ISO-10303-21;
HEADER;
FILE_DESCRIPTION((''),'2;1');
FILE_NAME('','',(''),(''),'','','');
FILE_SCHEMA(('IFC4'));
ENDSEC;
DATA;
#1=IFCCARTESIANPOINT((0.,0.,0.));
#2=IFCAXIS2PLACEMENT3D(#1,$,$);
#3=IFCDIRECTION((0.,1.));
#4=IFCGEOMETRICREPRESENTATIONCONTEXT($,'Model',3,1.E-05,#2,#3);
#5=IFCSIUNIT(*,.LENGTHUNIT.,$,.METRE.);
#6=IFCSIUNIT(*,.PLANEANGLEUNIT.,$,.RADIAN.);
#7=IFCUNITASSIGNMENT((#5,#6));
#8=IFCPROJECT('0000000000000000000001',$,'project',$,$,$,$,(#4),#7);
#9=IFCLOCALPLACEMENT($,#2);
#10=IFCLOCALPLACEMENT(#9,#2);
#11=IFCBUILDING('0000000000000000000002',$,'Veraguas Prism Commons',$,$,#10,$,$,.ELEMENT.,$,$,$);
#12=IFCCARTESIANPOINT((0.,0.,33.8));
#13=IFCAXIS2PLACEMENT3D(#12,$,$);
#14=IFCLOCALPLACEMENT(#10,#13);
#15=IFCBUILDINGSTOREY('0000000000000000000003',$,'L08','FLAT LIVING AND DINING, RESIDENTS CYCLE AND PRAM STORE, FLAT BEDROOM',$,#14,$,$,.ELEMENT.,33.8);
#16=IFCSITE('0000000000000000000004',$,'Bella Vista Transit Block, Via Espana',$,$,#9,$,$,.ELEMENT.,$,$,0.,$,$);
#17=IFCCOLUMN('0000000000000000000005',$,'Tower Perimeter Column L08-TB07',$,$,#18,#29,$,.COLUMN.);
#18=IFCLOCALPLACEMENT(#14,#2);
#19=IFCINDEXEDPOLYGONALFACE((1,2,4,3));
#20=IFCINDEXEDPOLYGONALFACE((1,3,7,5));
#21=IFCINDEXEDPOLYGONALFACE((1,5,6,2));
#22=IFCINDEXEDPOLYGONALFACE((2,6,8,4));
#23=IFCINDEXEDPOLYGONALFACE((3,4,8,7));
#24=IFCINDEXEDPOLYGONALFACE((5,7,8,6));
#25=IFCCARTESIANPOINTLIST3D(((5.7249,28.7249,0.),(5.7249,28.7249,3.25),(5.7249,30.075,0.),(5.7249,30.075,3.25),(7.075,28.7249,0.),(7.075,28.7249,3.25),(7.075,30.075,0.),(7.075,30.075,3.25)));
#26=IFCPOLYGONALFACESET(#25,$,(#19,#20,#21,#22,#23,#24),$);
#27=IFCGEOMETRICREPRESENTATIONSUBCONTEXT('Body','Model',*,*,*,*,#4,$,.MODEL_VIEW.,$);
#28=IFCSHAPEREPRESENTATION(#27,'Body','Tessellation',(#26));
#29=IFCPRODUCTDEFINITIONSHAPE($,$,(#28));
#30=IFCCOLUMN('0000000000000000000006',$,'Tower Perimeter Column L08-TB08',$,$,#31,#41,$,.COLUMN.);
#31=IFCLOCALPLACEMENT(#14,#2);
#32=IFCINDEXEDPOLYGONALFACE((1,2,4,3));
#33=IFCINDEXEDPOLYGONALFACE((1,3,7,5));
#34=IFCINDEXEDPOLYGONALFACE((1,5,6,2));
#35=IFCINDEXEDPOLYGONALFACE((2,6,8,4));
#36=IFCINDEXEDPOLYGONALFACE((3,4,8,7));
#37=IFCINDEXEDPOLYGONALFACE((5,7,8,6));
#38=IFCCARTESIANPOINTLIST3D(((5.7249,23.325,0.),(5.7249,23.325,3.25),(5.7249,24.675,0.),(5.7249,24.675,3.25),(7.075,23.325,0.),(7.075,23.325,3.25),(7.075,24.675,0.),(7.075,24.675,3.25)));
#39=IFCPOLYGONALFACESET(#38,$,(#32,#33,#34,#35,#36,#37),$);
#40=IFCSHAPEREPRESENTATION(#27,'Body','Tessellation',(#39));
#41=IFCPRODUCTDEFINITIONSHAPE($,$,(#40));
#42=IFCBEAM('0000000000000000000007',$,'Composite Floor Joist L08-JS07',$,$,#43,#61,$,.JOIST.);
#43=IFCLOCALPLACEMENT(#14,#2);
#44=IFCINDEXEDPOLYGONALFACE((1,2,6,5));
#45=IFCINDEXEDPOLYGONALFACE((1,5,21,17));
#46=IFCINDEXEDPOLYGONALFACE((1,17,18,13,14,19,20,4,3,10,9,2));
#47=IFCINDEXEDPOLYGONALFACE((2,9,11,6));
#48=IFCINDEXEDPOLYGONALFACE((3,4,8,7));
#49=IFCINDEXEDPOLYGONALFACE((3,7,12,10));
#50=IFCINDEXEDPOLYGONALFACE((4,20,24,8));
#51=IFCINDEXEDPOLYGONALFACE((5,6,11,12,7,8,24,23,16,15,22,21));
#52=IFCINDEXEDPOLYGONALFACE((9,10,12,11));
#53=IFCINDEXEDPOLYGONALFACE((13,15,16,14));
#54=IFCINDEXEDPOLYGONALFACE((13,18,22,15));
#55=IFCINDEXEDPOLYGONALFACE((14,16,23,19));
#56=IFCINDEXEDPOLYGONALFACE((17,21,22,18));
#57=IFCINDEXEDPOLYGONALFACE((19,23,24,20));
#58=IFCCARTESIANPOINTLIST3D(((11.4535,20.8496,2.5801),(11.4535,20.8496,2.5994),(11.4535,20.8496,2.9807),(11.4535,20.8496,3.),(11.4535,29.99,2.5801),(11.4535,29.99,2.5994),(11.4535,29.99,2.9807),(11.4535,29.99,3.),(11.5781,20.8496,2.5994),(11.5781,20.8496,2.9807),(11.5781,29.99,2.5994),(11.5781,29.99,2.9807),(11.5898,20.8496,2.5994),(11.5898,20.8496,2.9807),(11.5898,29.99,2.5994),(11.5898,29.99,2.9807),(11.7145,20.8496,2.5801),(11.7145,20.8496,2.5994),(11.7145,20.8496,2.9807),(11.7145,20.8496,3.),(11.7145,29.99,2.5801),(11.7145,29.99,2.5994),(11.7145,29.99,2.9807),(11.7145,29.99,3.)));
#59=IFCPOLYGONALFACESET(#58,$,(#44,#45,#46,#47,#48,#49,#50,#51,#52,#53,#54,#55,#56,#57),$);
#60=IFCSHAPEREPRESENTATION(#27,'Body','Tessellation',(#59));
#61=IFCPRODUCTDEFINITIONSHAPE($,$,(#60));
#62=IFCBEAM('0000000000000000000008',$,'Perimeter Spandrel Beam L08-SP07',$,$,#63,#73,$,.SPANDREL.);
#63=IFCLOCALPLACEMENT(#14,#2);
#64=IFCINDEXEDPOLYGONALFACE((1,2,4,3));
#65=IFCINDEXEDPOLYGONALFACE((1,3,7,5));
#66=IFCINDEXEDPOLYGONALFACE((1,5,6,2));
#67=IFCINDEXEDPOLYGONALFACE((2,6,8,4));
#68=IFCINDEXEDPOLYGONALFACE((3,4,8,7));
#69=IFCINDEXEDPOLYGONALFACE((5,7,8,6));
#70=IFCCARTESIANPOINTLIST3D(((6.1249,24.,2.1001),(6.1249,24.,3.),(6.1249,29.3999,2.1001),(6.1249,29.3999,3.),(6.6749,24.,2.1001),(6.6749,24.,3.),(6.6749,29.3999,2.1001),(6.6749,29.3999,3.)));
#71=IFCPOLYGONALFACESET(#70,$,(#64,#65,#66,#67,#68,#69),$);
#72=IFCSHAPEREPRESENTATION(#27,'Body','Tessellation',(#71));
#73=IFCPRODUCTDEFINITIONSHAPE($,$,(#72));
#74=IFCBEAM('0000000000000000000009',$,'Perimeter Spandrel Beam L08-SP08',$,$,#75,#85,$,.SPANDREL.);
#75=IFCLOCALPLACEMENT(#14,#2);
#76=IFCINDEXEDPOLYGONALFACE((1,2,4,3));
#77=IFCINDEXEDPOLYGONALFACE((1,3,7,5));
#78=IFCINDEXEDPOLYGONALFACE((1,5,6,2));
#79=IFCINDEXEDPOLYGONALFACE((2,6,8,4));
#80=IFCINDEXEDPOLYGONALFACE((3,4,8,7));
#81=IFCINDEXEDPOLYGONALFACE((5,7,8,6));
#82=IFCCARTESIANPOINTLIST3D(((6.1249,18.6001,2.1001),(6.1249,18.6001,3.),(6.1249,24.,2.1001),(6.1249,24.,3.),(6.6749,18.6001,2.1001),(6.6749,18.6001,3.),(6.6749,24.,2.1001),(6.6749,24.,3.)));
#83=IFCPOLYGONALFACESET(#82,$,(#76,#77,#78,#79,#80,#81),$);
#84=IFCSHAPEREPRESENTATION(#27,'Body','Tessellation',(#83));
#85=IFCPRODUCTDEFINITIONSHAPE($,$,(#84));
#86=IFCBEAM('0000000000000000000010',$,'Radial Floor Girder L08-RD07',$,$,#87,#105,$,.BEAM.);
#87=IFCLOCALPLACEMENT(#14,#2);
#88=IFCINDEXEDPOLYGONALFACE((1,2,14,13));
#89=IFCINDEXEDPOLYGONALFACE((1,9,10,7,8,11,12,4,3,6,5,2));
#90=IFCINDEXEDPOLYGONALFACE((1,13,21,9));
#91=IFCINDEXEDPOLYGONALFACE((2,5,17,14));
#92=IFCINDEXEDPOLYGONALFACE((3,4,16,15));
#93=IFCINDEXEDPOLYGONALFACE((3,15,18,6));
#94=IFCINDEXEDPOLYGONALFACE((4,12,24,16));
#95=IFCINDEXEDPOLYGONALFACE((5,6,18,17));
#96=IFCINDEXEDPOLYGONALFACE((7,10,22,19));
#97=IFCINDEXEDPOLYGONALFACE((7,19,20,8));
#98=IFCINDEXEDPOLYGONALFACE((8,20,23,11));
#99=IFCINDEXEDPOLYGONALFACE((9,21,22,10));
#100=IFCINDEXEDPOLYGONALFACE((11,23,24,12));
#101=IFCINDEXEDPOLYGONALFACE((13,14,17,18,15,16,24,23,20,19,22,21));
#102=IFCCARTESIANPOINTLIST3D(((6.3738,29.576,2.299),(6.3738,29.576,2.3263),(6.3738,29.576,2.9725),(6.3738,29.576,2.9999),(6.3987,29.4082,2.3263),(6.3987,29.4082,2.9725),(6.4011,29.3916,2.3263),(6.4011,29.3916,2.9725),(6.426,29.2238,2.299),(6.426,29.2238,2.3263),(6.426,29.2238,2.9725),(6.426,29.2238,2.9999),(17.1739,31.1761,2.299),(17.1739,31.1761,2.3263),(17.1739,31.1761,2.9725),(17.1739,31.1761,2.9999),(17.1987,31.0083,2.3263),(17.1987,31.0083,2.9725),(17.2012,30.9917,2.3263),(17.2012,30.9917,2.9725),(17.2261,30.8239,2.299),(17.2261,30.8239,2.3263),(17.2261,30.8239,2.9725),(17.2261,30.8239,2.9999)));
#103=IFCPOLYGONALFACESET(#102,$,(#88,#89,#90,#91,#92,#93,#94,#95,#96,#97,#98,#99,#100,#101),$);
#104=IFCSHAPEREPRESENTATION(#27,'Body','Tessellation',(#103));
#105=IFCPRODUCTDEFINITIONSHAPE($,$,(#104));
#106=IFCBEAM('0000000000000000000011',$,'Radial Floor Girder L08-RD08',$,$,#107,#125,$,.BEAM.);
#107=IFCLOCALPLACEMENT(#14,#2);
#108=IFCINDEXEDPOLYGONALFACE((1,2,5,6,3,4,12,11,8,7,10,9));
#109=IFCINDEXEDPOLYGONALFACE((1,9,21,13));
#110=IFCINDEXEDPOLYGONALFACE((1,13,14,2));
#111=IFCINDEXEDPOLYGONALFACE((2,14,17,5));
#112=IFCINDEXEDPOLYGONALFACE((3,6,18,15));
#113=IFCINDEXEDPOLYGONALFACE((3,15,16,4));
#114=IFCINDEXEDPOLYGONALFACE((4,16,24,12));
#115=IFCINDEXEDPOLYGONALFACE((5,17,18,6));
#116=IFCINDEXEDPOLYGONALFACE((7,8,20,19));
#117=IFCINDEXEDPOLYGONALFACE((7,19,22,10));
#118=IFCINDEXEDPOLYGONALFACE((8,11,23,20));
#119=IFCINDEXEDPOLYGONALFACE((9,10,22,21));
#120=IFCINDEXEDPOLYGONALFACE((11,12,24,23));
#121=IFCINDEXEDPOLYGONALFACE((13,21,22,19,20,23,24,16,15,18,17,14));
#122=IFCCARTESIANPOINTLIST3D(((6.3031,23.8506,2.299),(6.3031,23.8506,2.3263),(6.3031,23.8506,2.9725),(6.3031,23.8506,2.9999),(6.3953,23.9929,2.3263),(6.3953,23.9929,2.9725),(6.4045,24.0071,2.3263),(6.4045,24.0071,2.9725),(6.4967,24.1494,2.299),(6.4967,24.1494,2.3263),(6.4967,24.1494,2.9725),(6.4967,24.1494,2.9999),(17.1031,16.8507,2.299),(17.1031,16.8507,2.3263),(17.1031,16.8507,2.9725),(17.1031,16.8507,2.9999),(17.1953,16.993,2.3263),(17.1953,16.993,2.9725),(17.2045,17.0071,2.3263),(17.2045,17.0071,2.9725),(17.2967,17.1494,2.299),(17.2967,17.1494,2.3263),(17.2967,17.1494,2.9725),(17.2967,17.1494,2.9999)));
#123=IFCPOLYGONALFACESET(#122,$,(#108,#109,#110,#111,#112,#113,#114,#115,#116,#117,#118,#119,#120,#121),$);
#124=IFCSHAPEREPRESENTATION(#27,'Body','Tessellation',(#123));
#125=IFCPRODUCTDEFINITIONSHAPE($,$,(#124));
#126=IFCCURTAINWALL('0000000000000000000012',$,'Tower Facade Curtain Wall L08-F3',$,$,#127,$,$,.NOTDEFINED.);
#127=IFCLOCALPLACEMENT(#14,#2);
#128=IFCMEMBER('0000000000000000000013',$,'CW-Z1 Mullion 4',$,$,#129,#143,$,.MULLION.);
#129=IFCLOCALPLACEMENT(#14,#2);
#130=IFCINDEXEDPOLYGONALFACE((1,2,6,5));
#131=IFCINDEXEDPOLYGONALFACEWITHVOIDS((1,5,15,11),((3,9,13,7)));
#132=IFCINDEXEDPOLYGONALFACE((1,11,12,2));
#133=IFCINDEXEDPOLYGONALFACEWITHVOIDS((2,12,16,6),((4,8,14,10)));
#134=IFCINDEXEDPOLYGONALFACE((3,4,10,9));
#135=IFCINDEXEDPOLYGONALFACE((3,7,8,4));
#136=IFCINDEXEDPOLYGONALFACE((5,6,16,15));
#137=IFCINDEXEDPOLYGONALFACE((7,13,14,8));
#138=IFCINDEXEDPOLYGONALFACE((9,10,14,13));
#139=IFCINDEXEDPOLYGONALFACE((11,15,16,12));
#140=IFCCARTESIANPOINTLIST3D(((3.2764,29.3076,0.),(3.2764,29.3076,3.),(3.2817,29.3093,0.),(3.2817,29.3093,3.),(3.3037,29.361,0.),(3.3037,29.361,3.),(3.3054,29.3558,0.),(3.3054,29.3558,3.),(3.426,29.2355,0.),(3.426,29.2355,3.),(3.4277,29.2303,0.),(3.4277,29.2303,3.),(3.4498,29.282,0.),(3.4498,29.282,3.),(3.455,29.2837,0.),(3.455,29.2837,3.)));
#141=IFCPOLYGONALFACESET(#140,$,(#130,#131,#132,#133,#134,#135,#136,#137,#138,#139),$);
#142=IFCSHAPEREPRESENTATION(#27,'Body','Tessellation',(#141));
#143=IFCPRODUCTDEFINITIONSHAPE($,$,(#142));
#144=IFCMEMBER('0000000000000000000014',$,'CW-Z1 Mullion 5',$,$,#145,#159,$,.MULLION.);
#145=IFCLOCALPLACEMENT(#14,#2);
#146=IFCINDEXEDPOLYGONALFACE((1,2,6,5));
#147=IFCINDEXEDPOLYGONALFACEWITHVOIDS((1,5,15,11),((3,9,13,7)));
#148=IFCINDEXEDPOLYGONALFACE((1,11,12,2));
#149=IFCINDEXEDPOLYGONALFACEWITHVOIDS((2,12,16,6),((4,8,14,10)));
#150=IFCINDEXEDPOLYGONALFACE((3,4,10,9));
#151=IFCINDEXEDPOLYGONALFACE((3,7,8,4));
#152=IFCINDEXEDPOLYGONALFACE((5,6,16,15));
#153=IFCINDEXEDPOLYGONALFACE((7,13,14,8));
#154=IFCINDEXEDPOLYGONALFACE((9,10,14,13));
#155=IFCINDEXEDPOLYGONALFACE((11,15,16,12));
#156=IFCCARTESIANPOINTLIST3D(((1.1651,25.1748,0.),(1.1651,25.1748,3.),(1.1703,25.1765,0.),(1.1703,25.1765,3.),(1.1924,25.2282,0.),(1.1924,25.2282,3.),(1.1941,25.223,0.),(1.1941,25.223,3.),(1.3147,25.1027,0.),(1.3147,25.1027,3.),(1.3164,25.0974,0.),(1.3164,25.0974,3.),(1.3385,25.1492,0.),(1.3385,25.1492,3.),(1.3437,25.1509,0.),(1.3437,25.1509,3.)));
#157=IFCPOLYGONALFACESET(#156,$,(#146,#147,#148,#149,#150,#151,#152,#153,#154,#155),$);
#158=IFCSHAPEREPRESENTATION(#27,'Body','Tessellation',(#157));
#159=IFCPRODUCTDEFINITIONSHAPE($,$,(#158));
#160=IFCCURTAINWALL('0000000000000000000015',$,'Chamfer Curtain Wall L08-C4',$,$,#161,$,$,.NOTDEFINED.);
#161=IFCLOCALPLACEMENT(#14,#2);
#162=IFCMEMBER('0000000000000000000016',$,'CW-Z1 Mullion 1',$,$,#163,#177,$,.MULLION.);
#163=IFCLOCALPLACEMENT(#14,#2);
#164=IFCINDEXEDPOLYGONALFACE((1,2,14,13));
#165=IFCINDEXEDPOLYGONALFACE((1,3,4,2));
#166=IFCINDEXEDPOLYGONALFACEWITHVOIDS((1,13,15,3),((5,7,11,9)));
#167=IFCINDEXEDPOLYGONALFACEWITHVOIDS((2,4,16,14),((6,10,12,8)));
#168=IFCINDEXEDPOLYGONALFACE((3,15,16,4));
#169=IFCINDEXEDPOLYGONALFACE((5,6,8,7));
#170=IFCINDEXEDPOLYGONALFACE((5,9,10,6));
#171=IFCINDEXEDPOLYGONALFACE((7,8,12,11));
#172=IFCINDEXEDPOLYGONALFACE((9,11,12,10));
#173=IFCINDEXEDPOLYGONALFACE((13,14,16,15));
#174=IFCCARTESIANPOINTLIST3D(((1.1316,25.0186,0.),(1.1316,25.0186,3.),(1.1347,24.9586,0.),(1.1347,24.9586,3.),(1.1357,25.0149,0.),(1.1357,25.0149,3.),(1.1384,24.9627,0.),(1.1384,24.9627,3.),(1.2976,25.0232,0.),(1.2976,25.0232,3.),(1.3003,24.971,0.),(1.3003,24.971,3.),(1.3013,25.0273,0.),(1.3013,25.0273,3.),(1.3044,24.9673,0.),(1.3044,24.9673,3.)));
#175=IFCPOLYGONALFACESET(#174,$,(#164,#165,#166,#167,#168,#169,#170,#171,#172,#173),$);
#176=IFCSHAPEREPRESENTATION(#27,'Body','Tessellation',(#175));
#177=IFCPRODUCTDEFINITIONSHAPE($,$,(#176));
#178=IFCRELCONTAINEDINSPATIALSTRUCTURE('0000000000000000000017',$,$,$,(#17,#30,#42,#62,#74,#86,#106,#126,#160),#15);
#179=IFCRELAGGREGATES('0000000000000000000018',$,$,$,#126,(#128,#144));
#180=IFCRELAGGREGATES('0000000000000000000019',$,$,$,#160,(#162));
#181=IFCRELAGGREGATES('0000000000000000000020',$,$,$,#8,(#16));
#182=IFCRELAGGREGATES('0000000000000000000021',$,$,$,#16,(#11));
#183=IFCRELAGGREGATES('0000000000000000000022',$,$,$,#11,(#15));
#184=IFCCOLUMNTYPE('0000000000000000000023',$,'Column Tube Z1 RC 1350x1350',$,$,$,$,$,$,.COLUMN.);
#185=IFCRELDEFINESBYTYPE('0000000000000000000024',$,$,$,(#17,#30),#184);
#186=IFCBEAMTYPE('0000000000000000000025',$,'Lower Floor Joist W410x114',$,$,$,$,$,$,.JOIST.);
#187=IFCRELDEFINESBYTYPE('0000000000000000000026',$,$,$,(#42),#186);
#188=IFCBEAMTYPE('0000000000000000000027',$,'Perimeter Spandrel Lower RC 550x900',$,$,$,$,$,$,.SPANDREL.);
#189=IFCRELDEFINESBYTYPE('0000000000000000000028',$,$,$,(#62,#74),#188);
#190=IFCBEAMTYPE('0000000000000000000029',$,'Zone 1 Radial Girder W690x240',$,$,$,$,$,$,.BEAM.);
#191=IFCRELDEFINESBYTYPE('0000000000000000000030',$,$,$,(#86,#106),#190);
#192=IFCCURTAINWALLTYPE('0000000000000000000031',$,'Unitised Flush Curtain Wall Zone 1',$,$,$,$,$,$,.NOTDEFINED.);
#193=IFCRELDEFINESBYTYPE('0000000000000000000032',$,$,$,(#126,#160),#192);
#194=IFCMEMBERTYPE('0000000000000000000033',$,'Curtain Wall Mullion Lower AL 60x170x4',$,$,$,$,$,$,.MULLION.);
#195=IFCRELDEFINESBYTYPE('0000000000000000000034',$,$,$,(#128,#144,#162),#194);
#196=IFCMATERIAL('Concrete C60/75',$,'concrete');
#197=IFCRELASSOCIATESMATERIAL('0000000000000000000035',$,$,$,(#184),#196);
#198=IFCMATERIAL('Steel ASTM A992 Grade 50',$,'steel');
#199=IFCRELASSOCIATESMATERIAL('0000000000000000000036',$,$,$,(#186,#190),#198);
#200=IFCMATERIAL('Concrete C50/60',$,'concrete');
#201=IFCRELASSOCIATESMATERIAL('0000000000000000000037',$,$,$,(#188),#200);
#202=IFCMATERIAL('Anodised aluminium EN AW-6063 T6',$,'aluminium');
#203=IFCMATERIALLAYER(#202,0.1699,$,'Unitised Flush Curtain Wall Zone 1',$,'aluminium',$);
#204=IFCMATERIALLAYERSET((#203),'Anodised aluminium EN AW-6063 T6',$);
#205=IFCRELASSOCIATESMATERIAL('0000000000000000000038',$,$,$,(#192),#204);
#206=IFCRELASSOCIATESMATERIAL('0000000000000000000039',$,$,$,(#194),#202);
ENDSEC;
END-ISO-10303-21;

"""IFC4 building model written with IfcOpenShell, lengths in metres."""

from ifc_helpers import new_model, si_unit, direction, frame, origin, origin_2d, place, context, subcontext, project, spatial, rectangle, hollow_rectangle, i_section, extrude, source, transform, mapped, material, layer, layer_set, material_profile, profile_set, type_object, element, aggregate, save


model = new_model("IFC4")

# Units and contexts
model_context = context("Model", 3, precision=1e-05, world=origin(), true_north=direction((0.0, 1.0)))
body_context = subcontext(model_context, "Body", "Model", "MODEL_VIEW")
ifc_project = project(units=[si_unit("LENGTHUNIT", "METRE"), si_unit("PLANEANGLEUNIT", "RADIAN")], contexts=[model_context])

# Site, building, storey
site_placement = place(None, origin())
site = spatial("IfcSite", under=ifc_project, at=site_placement, Name="Bella Vista Transit Block, Via Espana", CompositionType="ELEMENT", RefElevation=0.0)
building_placement = place(site_placement, origin())
building = spatial("IfcBuilding", under=site, at=building_placement, Name="Veraguas Prism Commons", CompositionType="ELEMENT")
storey_placement = place(building_placement, frame((0.0, 0.0, 33.8)))
storey = spatial("IfcBuildingStorey", under=building, at=storey_placement, Name="L08", Description="FLAT LIVING AND DINING, RESIDENTS CYCLE AND PRAM STORE, FLAT BEDROOM", CompositionType="ELEMENT", Elevation=33.8)

# Columns
ifc_material_1 = material(Name="Concrete C60/75", Category="concrete")
ifc_material_profile_1 = material_profile(ifc_material_1, rectangle(XDim=1.3501, YDim=1.3501, at=origin_2d()), Name="RC1350X1350")
ifc_profile_set_1 = profile_set([ifc_material_profile_1], Name="Concrete C60/75")
column_type = type_object("IfcColumnType", Name="Column Tube Z1 RC 1350x1350", PredefinedType="COLUMN", material=ifc_profile_set_1)
for number, where, z_axis, x_axis, name in (
    (1, (6.3999, 29.3999, 0.0), (0.0, 0.0, 1.0), (1.0, 0.0, 0.0), "Tower Perimeter Column L08-TB07"),
    (2, (6.3999, 24.0, 0.0), (0.0, 0.0, 1.0), (1.0, 0.0, 0.0), "Tower Perimeter Column L08-TB08"),
):
    element("IfcColumn", number, at=place(storey_placement, frame(where, z_axis=z_axis, x_axis=x_axis)), inside=storey, type_object=column_type, Name=name, PredefinedType="COLUMN", context=body_context, shape_type="SweptSolid", body=[
        extrude(rectangle(XDim=1.3501, YDim=1.3501, at=origin_2d()), origin(), (0.0, 0.0, 1.0), 3.25),
    ])

# Beams
ifc_material_2 = material(Name="Steel ASTM A992 Grade 50", Category="steel")
ifc_material_profile_2 = material_profile(ifc_material_2, i_section(OverallWidth=0.261, OverallDepth=0.4199, WebThickness=0.0117, FlangeThickness=0.0193, at=origin_2d()), Name="W410X114")
ifc_profile_set_2 = profile_set([ifc_material_profile_2], Name="Steel ASTM A992 Grade 50")
beam_type_1 = type_object("IfcBeamType", Name="Lower Floor Joist W410x114", PredefinedType="JOIST", material=ifc_profile_set_2)
beam_1_placement = place(storey_placement, frame((11.584, 29.99, 2.79), z_axis=(0.0, -1.0, 0.0), x_axis=(1.0, 0.0, 0.0)))
element("IfcBeam", 3, at=beam_1_placement, inside=storey, type_object=beam_type_1, Name="Composite Floor Joist L08-JS07", PredefinedType="JOIST", context=body_context, shape_type="SweptSolid", body=[
    extrude(i_section(OverallWidth=0.261, OverallDepth=0.4199, WebThickness=0.0117, FlangeThickness=0.0193, at=origin_2d()), origin(), (0.0, 0.0, 1.0), 9.1404),
])
ifc_material_3 = material(Name="Concrete C50/60", Category="concrete")
ifc_material_profile_3 = material_profile(ifc_material_3, rectangle(XDim=0.55, YDim=0.8999, at=origin_2d()), Name="RC550X900")
ifc_profile_set_3 = profile_set([ifc_material_profile_3], Name="Concrete C50/60")
beam_type_2 = type_object("IfcBeamType", Name="Perimeter Spandrel Lower RC 550x900", PredefinedType="SPANDREL", material=ifc_profile_set_3)
for number, where, z_axis, x_axis, name in (
    (4, (6.3999, 29.3999, 2.55), (0.0, -1.0, 0.0), (1.0, 0.0, 0.0), "Perimeter Spandrel Beam L08-SP07"),
    (5, (6.3999, 24.0, 2.55), (0.0, -1.0, 0.0), (1.0, 0.0, 0.0), "Perimeter Spandrel Beam L08-SP08"),
):
    element("IfcBeam", number, at=place(storey_placement, frame(where, z_axis=z_axis, x_axis=x_axis)), inside=storey, type_object=beam_type_2, Name=name, PredefinedType="SPANDREL", context=body_context, shape_type="SweptSolid", body=[
        extrude(rectangle(XDim=0.55, YDim=0.8999, at=origin_2d()), origin(), (0.0, 0.0, 1.0), 5.3999),
    ])
ifc_material_profile_4 = material_profile(ifc_material_2, i_section(OverallWidth=0.356, OverallDepth=0.7009, WebThickness=0.0168, FlangeThickness=0.0273, at=origin_2d()), Name="W690X240")
ifc_profile_set_4 = profile_set([ifc_material_profile_4], Name="Steel ASTM A992 Grade 50")
beam_type_3 = type_object("IfcBeamType", Name="Zone 1 Radial Girder W690x240", PredefinedType="BEAM", material=ifc_profile_set_4)
beam_2_placement = place(storey_placement, frame((6.3999, 29.3999, 2.6494), z_axis=(0.989202, 0.146557, 0.0), x_axis=(-0.146557, 0.989202, 0.0)))
element("IfcBeam", 6, at=beam_2_placement, inside=storey, type_object=beam_type_3, Name="Radial Floor Girder L08-RD07", PredefinedType="BEAM", context=body_context, shape_type="SweptSolid", body=[
    extrude(i_section(OverallWidth=0.356, OverallDepth=0.7009, WebThickness=0.0168, FlangeThickness=0.0273, at=origin_2d()), origin(), (0.0, 0.0, 1.0), 10.918),
])
beam_3_placement = place(storey_placement, frame((6.3999, 24.0, 2.6494), z_axis=(0.839154, -0.543894, 0.0), x_axis=(0.543894, 0.839154, 0.0)))
element("IfcBeam", 7, at=beam_3_placement, inside=storey, type_object=beam_type_3, Name="Radial Floor Girder L08-RD08", PredefinedType="BEAM", context=body_context, shape_type="SweptSolid", body=[
    extrude(i_section(OverallWidth=0.356, OverallDepth=0.7009, WebThickness=0.0168, FlangeThickness=0.0273, at=origin_2d()), origin(), (0.0, 0.0, 1.0), 12.8701),
])

# Curtain walls, members
ifc_material_4 = material(Name="Anodised aluminium EN AW-6063 T6", Category="aluminium")
ifc_layer_1 = layer(ifc_material_4, 0.1699, Name="Unitised Flush Curtain Wall Zone 1", Category="aluminium")
ifc_layer_set_1 = layer_set([ifc_layer_1], Name="Anodised aluminium EN AW-6063 T6")
curtain_wall_type = type_object("IfcCurtainWallType", Name="Unitised Flush Curtain Wall Zone 1", PredefinedType="NOTDEFINED", material=ifc_layer_set_1)
curtain_wall_1_placement = place(storey_placement, origin())
curtain_wall_1 = element("IfcCurtainWall", 8, at=curtain_wall_1_placement, inside=storey, type_object=curtain_wall_type, Name="Tower Facade Curtain Wall L08-F3", PredefinedType="NOTDEFINED")
ifc_material_profile_5 = material_profile(ifc_material_4, hollow_rectangle(XDim=0.0601, YDim=0.1699, WallThickness=0.0039, at=origin_2d()), Name="AL60X170X4")
ifc_profile_set_5 = profile_set([ifc_material_profile_5], Name="Anodised aluminium EN AW-6063 T6")
member_type_1 = type_object("IfcMemberType", Name="Curtain Wall Mullion Lower AL 60x170x4", PredefinedType="MULLION", material=ifc_profile_set_5)
shared_shape_1 = source(origin(), body_context, "Body", "SweptSolid", [
    extrude(hollow_rectangle(XDim=0.0601, YDim=0.1699, WallThickness=0.0039, at=origin_2d()), origin(), (0.0, 0.0, 1.0), 3.0),
])
member_1_placement = place(storey_placement, frame((3.3657, 29.2957, 0.0), z_axis=(0.0, 0.0, 1.0), x_axis=(-0.454922, -0.890531, 0.0)))
member_1 = element("IfcMember", 9, at=member_1_placement, type_object=member_type_1, Name="CW-Z1 Mullion 4", PredefinedType="MULLION", context=body_context, shape_type="MappedRepresentation", body=[
    mapped(shared_shape_1, transform((0.0, 0.0, 0.0), scale=1.0)),
])
member_2_placement = place(storey_placement, frame((1.2544, 25.1628, 0.0), z_axis=(0.0, 0.0, 1.0), x_axis=(-0.454922, -0.890531, 0.0)))
member_2 = element("IfcMember", 10, at=member_2_placement, type_object=member_type_1, Name="CW-Z1 Mullion 5", PredefinedType="MULLION", context=body_context, shape_type="MappedRepresentation", body=[
    mapped(shared_shape_1, transform((0.0, 0.0, 0.0), scale=1.0)),
])
curtain_wall_2_placement = place(storey_placement, origin())
curtain_wall_2 = element("IfcCurtainWall", 11, at=curtain_wall_2_placement, inside=storey, type_object=curtain_wall_type, Name="Chamfer Curtain Wall L08-C4", PredefinedType="NOTDEFINED")
member_3_placement = place(storey_placement, frame((1.218, 24.9929, 0.0), z_axis=(0.0, 0.0, 1.0), x_axis=(0.051278, -0.998684, 0.0)))
member_3 = element("IfcMember", 12, at=member_3_placement, type_object=member_type_1, Name="CW-Z1 Mullion 1", PredefinedType="MULLION", context=body_context, shape_type="MappedRepresentation", body=[
    mapped(shared_shape_1, transform((0.0, 0.0, 0.0), scale=1.0)),
])

aggregate(curtain_wall_1, [member_1, member_2])
aggregate(curtain_wall_2, [member_3])

save(model, "model.ifc")
